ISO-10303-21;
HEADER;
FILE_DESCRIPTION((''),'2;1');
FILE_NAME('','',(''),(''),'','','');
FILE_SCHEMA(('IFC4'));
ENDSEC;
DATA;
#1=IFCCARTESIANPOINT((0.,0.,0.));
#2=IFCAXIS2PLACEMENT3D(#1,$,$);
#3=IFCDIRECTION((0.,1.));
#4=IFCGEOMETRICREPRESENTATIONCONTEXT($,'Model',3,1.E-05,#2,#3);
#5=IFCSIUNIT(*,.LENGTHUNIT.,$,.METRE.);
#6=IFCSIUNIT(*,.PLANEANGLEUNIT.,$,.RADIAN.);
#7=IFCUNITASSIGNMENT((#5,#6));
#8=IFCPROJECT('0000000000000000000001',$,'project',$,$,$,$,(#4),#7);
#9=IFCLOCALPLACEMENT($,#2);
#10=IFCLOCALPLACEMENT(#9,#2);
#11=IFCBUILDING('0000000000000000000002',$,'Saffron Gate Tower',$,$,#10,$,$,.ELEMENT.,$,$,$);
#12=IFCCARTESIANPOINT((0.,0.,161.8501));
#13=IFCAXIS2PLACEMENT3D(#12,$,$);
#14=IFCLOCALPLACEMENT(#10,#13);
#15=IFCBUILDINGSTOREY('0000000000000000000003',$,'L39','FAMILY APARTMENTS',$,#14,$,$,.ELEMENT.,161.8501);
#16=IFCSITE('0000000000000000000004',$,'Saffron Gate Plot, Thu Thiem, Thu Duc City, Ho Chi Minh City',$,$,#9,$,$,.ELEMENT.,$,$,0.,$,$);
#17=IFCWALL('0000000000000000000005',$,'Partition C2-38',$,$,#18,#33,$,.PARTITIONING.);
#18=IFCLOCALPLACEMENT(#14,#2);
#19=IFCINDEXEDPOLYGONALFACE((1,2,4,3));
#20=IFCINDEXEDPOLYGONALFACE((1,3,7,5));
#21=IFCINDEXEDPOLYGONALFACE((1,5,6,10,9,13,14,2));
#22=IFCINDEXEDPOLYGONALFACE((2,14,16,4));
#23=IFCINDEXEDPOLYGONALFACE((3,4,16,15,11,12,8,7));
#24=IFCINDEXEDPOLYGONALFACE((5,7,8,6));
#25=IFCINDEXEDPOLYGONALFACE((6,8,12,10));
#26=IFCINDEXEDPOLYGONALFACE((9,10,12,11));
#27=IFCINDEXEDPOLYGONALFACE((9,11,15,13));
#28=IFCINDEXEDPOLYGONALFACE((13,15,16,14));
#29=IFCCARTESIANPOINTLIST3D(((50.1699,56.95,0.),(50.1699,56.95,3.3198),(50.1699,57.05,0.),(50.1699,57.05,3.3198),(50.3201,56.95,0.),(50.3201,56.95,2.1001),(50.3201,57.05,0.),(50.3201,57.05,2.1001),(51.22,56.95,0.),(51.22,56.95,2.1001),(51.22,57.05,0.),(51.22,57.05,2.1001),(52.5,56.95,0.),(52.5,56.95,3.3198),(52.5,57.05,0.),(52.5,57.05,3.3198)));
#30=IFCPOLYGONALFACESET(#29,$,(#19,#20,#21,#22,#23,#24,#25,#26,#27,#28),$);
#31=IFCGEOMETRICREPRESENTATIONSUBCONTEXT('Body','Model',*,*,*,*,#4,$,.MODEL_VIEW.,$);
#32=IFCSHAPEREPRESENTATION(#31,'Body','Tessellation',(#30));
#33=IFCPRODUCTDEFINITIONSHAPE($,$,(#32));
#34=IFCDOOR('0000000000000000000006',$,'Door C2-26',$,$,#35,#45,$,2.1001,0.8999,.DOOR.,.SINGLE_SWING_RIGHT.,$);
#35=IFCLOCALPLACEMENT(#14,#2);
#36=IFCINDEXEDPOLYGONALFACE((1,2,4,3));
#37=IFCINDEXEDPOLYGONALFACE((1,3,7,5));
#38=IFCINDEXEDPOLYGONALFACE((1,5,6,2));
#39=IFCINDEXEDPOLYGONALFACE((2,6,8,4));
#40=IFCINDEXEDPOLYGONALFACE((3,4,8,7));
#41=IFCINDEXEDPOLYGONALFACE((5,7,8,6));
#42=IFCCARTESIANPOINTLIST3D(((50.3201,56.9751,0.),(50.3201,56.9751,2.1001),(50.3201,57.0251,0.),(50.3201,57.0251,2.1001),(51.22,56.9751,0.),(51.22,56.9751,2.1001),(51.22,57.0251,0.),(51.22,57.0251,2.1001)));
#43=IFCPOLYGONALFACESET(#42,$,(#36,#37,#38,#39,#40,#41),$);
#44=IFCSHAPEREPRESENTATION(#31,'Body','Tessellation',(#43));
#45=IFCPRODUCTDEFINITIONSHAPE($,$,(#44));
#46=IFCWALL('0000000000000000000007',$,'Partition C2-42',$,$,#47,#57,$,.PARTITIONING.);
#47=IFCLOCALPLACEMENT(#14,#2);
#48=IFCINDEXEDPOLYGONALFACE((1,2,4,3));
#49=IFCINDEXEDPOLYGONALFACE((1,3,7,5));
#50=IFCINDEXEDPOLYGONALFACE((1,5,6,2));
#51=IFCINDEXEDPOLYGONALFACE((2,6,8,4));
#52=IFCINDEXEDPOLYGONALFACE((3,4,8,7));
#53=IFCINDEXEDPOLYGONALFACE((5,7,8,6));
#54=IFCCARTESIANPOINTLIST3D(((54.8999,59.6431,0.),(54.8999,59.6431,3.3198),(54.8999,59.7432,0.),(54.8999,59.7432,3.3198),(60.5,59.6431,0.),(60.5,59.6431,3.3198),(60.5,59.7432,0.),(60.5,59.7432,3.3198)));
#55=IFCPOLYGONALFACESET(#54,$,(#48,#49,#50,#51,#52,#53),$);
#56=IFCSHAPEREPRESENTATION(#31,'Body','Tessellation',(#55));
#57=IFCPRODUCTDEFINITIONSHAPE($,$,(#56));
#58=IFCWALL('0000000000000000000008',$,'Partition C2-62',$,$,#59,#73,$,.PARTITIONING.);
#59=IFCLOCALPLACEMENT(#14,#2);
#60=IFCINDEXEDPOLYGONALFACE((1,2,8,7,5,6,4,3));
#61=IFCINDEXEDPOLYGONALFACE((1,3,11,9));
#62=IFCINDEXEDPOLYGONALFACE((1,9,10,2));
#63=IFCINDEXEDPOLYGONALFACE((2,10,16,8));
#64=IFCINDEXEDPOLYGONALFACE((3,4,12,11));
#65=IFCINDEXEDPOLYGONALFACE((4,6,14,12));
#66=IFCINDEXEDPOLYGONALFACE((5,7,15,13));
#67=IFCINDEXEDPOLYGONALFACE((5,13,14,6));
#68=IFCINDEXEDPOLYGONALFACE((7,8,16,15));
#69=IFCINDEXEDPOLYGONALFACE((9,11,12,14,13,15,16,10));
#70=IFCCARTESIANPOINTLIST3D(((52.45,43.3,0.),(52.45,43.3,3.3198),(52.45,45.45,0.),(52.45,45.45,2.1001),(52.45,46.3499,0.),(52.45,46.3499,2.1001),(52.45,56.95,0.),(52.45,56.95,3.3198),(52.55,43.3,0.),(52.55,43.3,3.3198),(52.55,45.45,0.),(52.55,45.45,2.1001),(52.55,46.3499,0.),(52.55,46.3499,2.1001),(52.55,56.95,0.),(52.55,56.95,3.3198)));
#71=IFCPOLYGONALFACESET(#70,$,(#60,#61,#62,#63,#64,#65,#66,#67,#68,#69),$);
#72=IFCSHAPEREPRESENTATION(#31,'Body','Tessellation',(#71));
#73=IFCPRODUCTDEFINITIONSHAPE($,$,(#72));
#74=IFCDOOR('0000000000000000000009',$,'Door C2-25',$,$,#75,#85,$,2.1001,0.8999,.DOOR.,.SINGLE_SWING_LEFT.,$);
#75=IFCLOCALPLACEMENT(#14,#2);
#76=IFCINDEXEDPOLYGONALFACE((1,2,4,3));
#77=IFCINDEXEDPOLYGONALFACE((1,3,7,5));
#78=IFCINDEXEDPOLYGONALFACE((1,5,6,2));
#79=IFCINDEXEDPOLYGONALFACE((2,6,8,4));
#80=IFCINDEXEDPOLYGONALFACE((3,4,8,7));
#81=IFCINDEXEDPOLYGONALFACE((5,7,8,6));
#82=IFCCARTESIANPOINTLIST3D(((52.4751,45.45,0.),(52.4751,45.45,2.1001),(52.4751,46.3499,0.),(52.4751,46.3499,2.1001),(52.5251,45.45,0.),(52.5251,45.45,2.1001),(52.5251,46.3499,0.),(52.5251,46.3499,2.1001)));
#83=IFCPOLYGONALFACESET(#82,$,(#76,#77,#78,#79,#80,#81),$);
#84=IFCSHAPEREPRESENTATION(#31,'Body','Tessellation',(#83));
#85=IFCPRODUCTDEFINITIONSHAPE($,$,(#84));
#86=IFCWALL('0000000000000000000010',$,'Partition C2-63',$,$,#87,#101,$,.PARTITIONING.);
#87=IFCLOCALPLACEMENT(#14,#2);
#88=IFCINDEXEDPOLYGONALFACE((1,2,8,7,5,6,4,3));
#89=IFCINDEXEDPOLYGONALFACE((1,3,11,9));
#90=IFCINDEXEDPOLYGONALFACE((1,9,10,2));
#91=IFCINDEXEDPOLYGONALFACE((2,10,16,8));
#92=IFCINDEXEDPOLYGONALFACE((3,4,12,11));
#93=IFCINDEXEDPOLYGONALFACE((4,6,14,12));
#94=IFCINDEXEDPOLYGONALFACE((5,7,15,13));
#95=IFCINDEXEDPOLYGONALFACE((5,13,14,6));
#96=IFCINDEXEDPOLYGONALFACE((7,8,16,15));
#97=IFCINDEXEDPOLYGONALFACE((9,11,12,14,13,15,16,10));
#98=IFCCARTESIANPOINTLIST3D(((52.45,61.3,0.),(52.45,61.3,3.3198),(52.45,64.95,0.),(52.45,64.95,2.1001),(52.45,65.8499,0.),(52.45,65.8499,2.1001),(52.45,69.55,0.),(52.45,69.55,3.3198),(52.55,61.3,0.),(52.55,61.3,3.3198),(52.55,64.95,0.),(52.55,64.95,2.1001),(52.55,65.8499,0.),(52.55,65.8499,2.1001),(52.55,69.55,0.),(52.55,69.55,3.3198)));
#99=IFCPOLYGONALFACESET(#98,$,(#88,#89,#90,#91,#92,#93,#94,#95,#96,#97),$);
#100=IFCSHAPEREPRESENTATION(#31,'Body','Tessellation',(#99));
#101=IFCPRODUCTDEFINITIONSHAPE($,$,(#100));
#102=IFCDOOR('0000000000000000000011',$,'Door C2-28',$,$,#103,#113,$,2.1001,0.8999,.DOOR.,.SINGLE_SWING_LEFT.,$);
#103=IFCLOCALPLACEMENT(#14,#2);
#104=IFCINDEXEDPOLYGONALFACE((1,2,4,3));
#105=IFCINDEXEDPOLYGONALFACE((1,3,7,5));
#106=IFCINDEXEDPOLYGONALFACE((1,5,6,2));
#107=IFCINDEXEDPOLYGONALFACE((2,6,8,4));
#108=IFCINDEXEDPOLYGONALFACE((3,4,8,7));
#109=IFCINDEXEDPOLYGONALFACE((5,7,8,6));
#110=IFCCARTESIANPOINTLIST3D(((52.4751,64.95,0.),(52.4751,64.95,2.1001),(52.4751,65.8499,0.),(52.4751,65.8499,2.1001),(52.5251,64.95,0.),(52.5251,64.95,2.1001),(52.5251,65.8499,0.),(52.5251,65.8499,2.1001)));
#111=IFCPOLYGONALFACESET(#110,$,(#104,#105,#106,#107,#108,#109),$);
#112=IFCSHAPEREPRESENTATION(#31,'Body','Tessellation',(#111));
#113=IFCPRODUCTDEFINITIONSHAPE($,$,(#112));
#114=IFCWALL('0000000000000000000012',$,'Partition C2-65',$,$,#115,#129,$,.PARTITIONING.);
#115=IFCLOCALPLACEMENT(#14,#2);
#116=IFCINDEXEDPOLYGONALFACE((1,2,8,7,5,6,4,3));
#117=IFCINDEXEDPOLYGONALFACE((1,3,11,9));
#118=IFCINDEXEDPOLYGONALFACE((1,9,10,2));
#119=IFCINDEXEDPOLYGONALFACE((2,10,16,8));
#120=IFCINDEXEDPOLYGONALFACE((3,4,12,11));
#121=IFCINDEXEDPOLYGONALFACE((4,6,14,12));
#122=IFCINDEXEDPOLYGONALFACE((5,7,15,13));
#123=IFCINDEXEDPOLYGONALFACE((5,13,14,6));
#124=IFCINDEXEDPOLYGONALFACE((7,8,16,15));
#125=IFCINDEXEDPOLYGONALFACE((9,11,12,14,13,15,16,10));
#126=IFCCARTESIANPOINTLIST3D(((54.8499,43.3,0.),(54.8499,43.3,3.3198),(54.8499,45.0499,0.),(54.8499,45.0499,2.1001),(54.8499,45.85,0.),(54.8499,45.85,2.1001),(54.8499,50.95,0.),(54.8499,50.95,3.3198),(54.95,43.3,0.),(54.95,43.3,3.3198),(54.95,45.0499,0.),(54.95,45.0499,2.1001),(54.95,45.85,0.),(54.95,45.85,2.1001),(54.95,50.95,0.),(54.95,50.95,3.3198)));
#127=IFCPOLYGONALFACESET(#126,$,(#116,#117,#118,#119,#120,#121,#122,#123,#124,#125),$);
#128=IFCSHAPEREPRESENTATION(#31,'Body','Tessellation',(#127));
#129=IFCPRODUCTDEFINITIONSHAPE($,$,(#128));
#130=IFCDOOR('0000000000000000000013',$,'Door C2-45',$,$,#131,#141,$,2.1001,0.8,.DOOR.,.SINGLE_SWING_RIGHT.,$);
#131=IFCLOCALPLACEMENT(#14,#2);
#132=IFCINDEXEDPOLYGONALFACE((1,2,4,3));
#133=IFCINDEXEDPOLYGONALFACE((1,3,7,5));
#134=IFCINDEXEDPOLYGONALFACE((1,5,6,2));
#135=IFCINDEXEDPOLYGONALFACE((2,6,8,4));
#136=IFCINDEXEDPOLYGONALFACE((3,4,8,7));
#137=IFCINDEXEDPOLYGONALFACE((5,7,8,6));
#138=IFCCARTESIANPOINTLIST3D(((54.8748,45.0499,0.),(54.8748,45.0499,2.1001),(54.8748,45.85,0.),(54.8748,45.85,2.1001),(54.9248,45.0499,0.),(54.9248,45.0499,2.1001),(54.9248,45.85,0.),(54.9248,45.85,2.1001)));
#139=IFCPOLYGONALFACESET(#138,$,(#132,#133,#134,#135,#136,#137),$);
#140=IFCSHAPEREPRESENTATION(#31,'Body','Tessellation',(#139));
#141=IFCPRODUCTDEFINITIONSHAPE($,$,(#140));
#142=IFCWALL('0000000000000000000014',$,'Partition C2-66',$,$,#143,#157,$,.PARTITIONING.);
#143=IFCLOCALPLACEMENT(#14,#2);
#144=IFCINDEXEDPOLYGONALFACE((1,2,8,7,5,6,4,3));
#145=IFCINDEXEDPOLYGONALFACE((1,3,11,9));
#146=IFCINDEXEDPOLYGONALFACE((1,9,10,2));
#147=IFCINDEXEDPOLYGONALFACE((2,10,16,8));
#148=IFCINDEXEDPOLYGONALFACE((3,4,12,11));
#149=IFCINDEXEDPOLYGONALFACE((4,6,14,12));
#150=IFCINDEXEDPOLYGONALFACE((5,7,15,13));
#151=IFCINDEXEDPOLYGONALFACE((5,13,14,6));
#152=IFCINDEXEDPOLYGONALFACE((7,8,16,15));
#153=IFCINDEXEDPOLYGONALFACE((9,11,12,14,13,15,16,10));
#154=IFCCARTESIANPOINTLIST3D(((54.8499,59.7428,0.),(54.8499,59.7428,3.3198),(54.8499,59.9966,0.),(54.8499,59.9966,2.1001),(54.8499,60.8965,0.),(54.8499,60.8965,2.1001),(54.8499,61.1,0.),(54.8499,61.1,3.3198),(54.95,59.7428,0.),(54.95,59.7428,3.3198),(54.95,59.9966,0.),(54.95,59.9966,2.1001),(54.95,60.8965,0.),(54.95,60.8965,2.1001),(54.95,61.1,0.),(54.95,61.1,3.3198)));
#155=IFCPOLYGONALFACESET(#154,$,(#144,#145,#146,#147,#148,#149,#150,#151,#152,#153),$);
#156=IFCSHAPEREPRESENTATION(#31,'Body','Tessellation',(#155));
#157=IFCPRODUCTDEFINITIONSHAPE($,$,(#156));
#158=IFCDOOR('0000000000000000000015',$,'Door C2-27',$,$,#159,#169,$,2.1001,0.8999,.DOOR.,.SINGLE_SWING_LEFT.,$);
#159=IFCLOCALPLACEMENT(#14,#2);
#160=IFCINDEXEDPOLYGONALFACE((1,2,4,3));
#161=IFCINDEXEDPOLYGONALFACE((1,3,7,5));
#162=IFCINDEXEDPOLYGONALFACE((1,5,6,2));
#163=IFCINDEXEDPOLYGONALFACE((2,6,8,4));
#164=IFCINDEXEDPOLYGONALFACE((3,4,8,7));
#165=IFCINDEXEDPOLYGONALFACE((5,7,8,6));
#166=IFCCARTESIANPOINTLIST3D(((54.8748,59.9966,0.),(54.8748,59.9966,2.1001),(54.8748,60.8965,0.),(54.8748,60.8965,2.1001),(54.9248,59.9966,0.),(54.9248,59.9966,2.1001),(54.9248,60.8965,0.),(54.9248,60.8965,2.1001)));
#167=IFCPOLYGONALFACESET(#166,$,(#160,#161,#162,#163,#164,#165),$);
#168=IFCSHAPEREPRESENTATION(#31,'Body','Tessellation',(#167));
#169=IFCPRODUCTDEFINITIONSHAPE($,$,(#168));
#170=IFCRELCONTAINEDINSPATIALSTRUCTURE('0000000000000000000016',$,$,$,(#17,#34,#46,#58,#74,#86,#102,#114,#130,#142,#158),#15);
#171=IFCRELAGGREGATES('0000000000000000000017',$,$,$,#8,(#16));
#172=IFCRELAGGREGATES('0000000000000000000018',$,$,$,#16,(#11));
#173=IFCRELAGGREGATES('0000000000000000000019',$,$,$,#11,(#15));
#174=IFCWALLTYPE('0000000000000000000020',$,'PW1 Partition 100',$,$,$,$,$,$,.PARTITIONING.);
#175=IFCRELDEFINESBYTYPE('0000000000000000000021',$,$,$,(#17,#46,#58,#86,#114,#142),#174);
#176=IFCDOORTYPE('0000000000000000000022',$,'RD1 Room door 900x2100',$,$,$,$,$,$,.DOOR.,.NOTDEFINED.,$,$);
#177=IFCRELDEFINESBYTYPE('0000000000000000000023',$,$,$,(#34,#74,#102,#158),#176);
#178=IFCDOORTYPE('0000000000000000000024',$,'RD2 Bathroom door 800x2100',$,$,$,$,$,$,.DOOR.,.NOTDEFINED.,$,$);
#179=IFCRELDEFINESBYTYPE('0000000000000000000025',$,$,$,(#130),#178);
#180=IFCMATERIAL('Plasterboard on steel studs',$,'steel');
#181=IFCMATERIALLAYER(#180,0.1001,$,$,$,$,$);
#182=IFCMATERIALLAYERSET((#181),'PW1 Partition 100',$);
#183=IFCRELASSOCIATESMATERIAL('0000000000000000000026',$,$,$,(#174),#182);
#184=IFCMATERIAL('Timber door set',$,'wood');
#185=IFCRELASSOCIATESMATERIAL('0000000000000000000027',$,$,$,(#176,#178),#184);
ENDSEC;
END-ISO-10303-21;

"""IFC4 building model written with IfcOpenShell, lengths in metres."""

from ifc_helpers import new_model, si_unit, direction, frame, frame_2d, origin, place, context, subcontext, project, spatial, rectangle, extrude, material, layer, layer_set, type_object, element, fill, save


model = new_model("IFC4")

# Units and contexts
model_context = context("Model", 3, precision=1e-05, world=origin(), true_north=direction((0.0, 1.0)))
body_context = subcontext(model_context, "Body", "Model", "MODEL_VIEW")
ifc_project = project(units=[si_unit("LENGTHUNIT", "METRE"), si_unit("PLANEANGLEUNIT", "RADIAN")], contexts=[model_context])

# Site, building, storey
site_placement = place(None, origin())
site = spatial("IfcSite", under=ifc_project, at=site_placement, Name="Saffron Gate Plot, Thu Thiem, Thu Duc City, Ho Chi Minh City", CompositionType="ELEMENT", RefElevation=0.0)
building_placement = place(site_placement, origin())
building = spatial("IfcBuilding", under=site, at=building_placement, Name="Saffron Gate Tower", CompositionType="ELEMENT")
storey_placement = place(building_placement, frame((0.0, 0.0, 161.8501)))
storey = spatial("IfcBuildingStorey", under=building, at=storey_placement, Name="L39", Description="FAMILY APARTMENTS", CompositionType="ELEMENT", Elevation=161.8501)

# Shared definitions
ifc_material_1 = material(Name="Plasterboard on steel studs", Category="steel")
ifc_layer_1 = layer(ifc_material_1, 0.1001)
ifc_layer_set_1 = layer_set([ifc_layer_1], Name="PW1 Partition 100")
wall_type_1 = type_object("IfcWallType", Name="PW1 Partition 100", PredefinedType="PARTITIONING", material=ifc_layer_set_1)

# Wall, opening, door
wall_1_placement = place(storey_placement, frame((52.5, 57.0, 0.0), z_axis=(0.0, 0.0, 1.0), x_axis=(-1.0, 0.0, 0.0)))
wall_1 = element("IfcWall", 1, at=wall_1_placement, inside=storey, type_object=wall_type_1, Name="Partition C2-38", PredefinedType="PARTITIONING", context=body_context, shape_type="SweptSolid", body=[
    extrude(rectangle(XDim=2.3301, YDim=0.1001, at=frame_2d((1.165, 0.0))), origin(), (0.0, 0.0, 1.0), 3.3198),
])
opening_1_placement = place(wall_1_placement, frame((1.28, 0.0, 0.0)))
opening_1 = element("IfcOpeningElement", 2, at=opening_1_placement, cuts=wall_1, PredefinedType="OPENING", context=body_context, shape_type="SweptSolid", body=[
    extrude(rectangle(XDim=0.8999, YDim=2.1001, at=frame_2d((0.45, 1.05))), frame((0.0, 0.0601, 0.0), z_axis=(0.0, -1.0, 0.0), x_axis=(1.0, 0.0, 0.0)), (0.0, 0.0, 1.0), 0.1201),
])
ifc_material_2 = material(Name="Timber door set", Category="wood")
door_type_1 = type_object("IfcDoorType", Name="RD1 Room door 900x2100", OperationType="NOTDEFINED", PredefinedType="DOOR", material=ifc_material_2)
door_1_placement = place(opening_1_placement, origin())
door_1 = element("IfcDoor", 3, at=door_1_placement, inside=storey, type_object=door_type_1, Name="Door C2-26", OperationType="SINGLE_SWING_RIGHT", OverallHeight=2.1001, OverallWidth=0.8999, PredefinedType="DOOR", context=body_context, shape_type="SweptSolid", body=[
    extrude(rectangle(XDim=0.8999, YDim=2.1001, at=frame_2d((0.45, 1.05))), frame((0.0, 0.0249, 0.0), z_axis=(0.0, -1.0, 0.0), x_axis=(1.0, 0.0, 0.0)), (0.0, 0.0, 1.0), 0.05),
])
fill(opening_1, door_1)

# Wall
wall_2_placement = place(storey_placement, frame((54.8999, 59.6931, 0.0), z_axis=(0.0, 0.0, 1.0), x_axis=(1.0, 0.0, 0.0)))
element("IfcWall", 4, at=wall_2_placement, inside=storey, type_object=wall_type_1, Name="Partition C2-42", PredefinedType="PARTITIONING", context=body_context, shape_type="SweptSolid", body=[
    extrude(rectangle(XDim=5.6001, YDim=0.1001, at=frame_2d((2.8, 0.0))), origin(), (0.0, 0.0, 1.0), 3.3198),
])

# Walls, openings, doors
wall_3_placement = place(storey_placement, frame((52.5, 43.3, 0.0), z_axis=(0.0, 0.0, 1.0), x_axis=(0.0, 1.0, 0.0)))
wall_3 = element("IfcWall", 5, at=wall_3_placement, inside=storey, type_object=wall_type_1, Name="Partition C2-62", PredefinedType="PARTITIONING", context=body_context, shape_type="SweptSolid", body=[
    extrude(rectangle(XDim=13.6499, YDim=0.1001, at=frame_2d((6.825, 0.0))), origin(), (0.0, 0.0, 1.0), 3.3198),
])
opening_2_placement = place(wall_3_placement, frame((2.1499, 0.0, 0.0)))
opening_2 = element("IfcOpeningElement", 6, at=opening_2_placement, cuts=wall_3, PredefinedType="OPENING", context=body_context, shape_type="SweptSolid", body=[
    extrude(rectangle(XDim=0.8999, YDim=2.1001, at=frame_2d((0.45, 1.05))), frame((0.0, 0.0601, 0.0), z_axis=(0.0, -1.0, 0.0), x_axis=(1.0, 0.0, 0.0)), (0.0, 0.0, 1.0), 0.1201),
])
door_2_placement = place(opening_2_placement, origin())
door_2 = element("IfcDoor", 7, at=door_2_placement, inside=storey, type_object=door_type_1, Name="Door C2-25", OperationType="SINGLE_SWING_LEFT", OverallHeight=2.1001, OverallWidth=0.8999, PredefinedType="DOOR", context=body_context, shape_type="SweptSolid", body=[
    extrude(rectangle(XDim=0.8999, YDim=2.1001, at=frame_2d((0.45, 1.05))), frame((0.0, 0.0249, 0.0), z_axis=(0.0, -1.0, 0.0), x_axis=(1.0, 0.0, 0.0)), (0.0, 0.0, 1.0), 0.05),
])
fill(opening_2, door_2)
wall_4_placement = place(storey_placement, frame((52.5, 61.3, 0.0), z_axis=(0.0, 0.0, 1.0), x_axis=(0.0, 1.0, 0.0)))
wall_4 = element("IfcWall", 8, at=wall_4_placement, inside=storey, type_object=wall_type_1, Name="Partition C2-63", PredefinedType="PARTITIONING", context=body_context, shape_type="SweptSolid", body=[
    extrude(rectangle(XDim=8.25, YDim=0.1001, at=frame_2d((4.125, 0.0))), origin(), (0.0, 0.0, 1.0), 3.3198),
])
opening_3_placement = place(wall_4_placement, frame((3.6499, 0.0, 0.0)))
opening_3 = element("IfcOpeningElement", 9, at=opening_3_placement, cuts=wall_4, PredefinedType="OPENING", context=body_context, shape_type="SweptSolid", body=[
    extrude(rectangle(XDim=0.8999, YDim=2.1001, at=frame_2d((0.45, 1.05))), frame((0.0, 0.0601, 0.0), z_axis=(0.0, -1.0, 0.0), x_axis=(1.0, 0.0, 0.0)), (0.0, 0.0, 1.0), 0.1201),
])
door_3_placement = place(opening_3_placement, origin())
door_3 = element("IfcDoor", 10, at=door_3_placement, inside=storey, type_object=door_type_1, Name="Door C2-28", OperationType="SINGLE_SWING_LEFT", OverallHeight=2.1001, OverallWidth=0.8999, PredefinedType="DOOR", context=body_context, shape_type="SweptSolid", body=[
    extrude(rectangle(XDim=0.8999, YDim=2.1001, at=frame_2d((0.45, 1.05))), frame((0.0, 0.0249, 0.0), z_axis=(0.0, -1.0, 0.0), x_axis=(1.0, 0.0, 0.0)), (0.0, 0.0, 1.0), 0.05),
])
fill(opening_3, door_3)
wall_5_placement = place(storey_placement, frame((54.8999, 50.95, 0.0), z_axis=(0.0, 0.0, 1.0), x_axis=(0.0, -1.0, 0.0)))
wall_5 = element("IfcWall", 11, at=wall_5_placement, inside=storey, type_object=wall_type_1, Name="Partition C2-65", PredefinedType="PARTITIONING", context=body_context, shape_type="SweptSolid", body=[
    extrude(rectangle(XDim=7.6499, YDim=0.1001, at=frame_2d((3.825, 0.0))), origin(), (0.0, 0.0, 1.0), 3.3198),
])
opening_4_placement = place(wall_5_placement, frame((5.1001, 0.0, 0.0)))
opening_4 = element("IfcOpeningElement", 12, at=opening_4_placement, cuts=wall_5, PredefinedType="OPENING", context=body_context, shape_type="SweptSolid", body=[
    extrude(rectangle(XDim=0.8, YDim=2.1001, at=frame_2d((0.3999, 1.05))), frame((0.0, 0.0601, 0.0), z_axis=(0.0, -1.0, 0.0), x_axis=(1.0, 0.0, 0.0)), (0.0, 0.0, 1.0), 0.1201),
])
door_type_2 = type_object("IfcDoorType", Name="RD2 Bathroom door 800x2100", OperationType="NOTDEFINED", PredefinedType="DOOR", material=ifc_material_2)
door_4_placement = place(opening_4_placement, origin())
door_4 = element("IfcDoor", 13, at=door_4_placement, inside=storey, type_object=door_type_2, Name="Door C2-45", OperationType="SINGLE_SWING_RIGHT", OverallHeight=2.1001, OverallWidth=0.8, PredefinedType="DOOR", context=body_context, shape_type="SweptSolid", body=[
    extrude(rectangle(XDim=0.8, YDim=2.1001, at=frame_2d((0.3999, 1.05))), frame((0.0, 0.0249, 0.0), z_axis=(0.0, -1.0, 0.0), x_axis=(1.0, 0.0, 0.0)), (0.0, 0.0, 1.0), 0.05),
])
fill(opening_4, door_4)
wall_6_placement = place(storey_placement, frame((54.8999, 61.1001, 0.0), z_axis=(0.0, 0.0, 1.0), x_axis=(0.0, -1.0, 0.0)))
wall_6 = element("IfcWall", 14, at=wall_6_placement, inside=storey, type_object=wall_type_1, Name="Partition C2-66", PredefinedType="PARTITIONING", context=body_context, shape_type="SweptSolid", body=[
    extrude(rectangle(XDim=1.3572, YDim=0.1001, at=frame_2d((0.6787, 0.0))), origin(), (0.0, 0.0, 1.0), 3.3198),
])
opening_5_placement = place(wall_6_placement, frame((0.2036, 0.0, 0.0)))
opening_5 = element("IfcOpeningElement", 15, at=opening_5_placement, cuts=wall_6, PredefinedType="OPENING", context=body_context, shape_type="SweptSolid", body=[
    extrude(rectangle(XDim=0.8999, YDim=2.1001, at=frame_2d((0.45, 1.05))), frame((0.0, 0.0601, 0.0), z_axis=(0.0, -1.0, 0.0), x_axis=(1.0, 0.0, 0.0)), (0.0, 0.0, 1.0), 0.1201),
])
door_5_placement = place(opening_5_placement, origin())
door_5 = element("IfcDoor", 16, at=door_5_placement, inside=storey, type_object=door_type_1, Name="Door C2-27", OperationType="SINGLE_SWING_LEFT", OverallHeight=2.1001, OverallWidth=0.8999, PredefinedType="DOOR", context=body_context, shape_type="SweptSolid", body=[
    extrude(rectangle(XDim=0.8999, YDim=2.1001, at=frame_2d((0.45, 1.05))), frame((0.0, 0.0249, 0.0), z_axis=(0.0, -1.0, 0.0), x_axis=(1.0, 0.0, 0.0)), (0.0, 0.0, 1.0), 0.05),
])
fill(opening_5, door_5)

save(model, "model.ifc")
